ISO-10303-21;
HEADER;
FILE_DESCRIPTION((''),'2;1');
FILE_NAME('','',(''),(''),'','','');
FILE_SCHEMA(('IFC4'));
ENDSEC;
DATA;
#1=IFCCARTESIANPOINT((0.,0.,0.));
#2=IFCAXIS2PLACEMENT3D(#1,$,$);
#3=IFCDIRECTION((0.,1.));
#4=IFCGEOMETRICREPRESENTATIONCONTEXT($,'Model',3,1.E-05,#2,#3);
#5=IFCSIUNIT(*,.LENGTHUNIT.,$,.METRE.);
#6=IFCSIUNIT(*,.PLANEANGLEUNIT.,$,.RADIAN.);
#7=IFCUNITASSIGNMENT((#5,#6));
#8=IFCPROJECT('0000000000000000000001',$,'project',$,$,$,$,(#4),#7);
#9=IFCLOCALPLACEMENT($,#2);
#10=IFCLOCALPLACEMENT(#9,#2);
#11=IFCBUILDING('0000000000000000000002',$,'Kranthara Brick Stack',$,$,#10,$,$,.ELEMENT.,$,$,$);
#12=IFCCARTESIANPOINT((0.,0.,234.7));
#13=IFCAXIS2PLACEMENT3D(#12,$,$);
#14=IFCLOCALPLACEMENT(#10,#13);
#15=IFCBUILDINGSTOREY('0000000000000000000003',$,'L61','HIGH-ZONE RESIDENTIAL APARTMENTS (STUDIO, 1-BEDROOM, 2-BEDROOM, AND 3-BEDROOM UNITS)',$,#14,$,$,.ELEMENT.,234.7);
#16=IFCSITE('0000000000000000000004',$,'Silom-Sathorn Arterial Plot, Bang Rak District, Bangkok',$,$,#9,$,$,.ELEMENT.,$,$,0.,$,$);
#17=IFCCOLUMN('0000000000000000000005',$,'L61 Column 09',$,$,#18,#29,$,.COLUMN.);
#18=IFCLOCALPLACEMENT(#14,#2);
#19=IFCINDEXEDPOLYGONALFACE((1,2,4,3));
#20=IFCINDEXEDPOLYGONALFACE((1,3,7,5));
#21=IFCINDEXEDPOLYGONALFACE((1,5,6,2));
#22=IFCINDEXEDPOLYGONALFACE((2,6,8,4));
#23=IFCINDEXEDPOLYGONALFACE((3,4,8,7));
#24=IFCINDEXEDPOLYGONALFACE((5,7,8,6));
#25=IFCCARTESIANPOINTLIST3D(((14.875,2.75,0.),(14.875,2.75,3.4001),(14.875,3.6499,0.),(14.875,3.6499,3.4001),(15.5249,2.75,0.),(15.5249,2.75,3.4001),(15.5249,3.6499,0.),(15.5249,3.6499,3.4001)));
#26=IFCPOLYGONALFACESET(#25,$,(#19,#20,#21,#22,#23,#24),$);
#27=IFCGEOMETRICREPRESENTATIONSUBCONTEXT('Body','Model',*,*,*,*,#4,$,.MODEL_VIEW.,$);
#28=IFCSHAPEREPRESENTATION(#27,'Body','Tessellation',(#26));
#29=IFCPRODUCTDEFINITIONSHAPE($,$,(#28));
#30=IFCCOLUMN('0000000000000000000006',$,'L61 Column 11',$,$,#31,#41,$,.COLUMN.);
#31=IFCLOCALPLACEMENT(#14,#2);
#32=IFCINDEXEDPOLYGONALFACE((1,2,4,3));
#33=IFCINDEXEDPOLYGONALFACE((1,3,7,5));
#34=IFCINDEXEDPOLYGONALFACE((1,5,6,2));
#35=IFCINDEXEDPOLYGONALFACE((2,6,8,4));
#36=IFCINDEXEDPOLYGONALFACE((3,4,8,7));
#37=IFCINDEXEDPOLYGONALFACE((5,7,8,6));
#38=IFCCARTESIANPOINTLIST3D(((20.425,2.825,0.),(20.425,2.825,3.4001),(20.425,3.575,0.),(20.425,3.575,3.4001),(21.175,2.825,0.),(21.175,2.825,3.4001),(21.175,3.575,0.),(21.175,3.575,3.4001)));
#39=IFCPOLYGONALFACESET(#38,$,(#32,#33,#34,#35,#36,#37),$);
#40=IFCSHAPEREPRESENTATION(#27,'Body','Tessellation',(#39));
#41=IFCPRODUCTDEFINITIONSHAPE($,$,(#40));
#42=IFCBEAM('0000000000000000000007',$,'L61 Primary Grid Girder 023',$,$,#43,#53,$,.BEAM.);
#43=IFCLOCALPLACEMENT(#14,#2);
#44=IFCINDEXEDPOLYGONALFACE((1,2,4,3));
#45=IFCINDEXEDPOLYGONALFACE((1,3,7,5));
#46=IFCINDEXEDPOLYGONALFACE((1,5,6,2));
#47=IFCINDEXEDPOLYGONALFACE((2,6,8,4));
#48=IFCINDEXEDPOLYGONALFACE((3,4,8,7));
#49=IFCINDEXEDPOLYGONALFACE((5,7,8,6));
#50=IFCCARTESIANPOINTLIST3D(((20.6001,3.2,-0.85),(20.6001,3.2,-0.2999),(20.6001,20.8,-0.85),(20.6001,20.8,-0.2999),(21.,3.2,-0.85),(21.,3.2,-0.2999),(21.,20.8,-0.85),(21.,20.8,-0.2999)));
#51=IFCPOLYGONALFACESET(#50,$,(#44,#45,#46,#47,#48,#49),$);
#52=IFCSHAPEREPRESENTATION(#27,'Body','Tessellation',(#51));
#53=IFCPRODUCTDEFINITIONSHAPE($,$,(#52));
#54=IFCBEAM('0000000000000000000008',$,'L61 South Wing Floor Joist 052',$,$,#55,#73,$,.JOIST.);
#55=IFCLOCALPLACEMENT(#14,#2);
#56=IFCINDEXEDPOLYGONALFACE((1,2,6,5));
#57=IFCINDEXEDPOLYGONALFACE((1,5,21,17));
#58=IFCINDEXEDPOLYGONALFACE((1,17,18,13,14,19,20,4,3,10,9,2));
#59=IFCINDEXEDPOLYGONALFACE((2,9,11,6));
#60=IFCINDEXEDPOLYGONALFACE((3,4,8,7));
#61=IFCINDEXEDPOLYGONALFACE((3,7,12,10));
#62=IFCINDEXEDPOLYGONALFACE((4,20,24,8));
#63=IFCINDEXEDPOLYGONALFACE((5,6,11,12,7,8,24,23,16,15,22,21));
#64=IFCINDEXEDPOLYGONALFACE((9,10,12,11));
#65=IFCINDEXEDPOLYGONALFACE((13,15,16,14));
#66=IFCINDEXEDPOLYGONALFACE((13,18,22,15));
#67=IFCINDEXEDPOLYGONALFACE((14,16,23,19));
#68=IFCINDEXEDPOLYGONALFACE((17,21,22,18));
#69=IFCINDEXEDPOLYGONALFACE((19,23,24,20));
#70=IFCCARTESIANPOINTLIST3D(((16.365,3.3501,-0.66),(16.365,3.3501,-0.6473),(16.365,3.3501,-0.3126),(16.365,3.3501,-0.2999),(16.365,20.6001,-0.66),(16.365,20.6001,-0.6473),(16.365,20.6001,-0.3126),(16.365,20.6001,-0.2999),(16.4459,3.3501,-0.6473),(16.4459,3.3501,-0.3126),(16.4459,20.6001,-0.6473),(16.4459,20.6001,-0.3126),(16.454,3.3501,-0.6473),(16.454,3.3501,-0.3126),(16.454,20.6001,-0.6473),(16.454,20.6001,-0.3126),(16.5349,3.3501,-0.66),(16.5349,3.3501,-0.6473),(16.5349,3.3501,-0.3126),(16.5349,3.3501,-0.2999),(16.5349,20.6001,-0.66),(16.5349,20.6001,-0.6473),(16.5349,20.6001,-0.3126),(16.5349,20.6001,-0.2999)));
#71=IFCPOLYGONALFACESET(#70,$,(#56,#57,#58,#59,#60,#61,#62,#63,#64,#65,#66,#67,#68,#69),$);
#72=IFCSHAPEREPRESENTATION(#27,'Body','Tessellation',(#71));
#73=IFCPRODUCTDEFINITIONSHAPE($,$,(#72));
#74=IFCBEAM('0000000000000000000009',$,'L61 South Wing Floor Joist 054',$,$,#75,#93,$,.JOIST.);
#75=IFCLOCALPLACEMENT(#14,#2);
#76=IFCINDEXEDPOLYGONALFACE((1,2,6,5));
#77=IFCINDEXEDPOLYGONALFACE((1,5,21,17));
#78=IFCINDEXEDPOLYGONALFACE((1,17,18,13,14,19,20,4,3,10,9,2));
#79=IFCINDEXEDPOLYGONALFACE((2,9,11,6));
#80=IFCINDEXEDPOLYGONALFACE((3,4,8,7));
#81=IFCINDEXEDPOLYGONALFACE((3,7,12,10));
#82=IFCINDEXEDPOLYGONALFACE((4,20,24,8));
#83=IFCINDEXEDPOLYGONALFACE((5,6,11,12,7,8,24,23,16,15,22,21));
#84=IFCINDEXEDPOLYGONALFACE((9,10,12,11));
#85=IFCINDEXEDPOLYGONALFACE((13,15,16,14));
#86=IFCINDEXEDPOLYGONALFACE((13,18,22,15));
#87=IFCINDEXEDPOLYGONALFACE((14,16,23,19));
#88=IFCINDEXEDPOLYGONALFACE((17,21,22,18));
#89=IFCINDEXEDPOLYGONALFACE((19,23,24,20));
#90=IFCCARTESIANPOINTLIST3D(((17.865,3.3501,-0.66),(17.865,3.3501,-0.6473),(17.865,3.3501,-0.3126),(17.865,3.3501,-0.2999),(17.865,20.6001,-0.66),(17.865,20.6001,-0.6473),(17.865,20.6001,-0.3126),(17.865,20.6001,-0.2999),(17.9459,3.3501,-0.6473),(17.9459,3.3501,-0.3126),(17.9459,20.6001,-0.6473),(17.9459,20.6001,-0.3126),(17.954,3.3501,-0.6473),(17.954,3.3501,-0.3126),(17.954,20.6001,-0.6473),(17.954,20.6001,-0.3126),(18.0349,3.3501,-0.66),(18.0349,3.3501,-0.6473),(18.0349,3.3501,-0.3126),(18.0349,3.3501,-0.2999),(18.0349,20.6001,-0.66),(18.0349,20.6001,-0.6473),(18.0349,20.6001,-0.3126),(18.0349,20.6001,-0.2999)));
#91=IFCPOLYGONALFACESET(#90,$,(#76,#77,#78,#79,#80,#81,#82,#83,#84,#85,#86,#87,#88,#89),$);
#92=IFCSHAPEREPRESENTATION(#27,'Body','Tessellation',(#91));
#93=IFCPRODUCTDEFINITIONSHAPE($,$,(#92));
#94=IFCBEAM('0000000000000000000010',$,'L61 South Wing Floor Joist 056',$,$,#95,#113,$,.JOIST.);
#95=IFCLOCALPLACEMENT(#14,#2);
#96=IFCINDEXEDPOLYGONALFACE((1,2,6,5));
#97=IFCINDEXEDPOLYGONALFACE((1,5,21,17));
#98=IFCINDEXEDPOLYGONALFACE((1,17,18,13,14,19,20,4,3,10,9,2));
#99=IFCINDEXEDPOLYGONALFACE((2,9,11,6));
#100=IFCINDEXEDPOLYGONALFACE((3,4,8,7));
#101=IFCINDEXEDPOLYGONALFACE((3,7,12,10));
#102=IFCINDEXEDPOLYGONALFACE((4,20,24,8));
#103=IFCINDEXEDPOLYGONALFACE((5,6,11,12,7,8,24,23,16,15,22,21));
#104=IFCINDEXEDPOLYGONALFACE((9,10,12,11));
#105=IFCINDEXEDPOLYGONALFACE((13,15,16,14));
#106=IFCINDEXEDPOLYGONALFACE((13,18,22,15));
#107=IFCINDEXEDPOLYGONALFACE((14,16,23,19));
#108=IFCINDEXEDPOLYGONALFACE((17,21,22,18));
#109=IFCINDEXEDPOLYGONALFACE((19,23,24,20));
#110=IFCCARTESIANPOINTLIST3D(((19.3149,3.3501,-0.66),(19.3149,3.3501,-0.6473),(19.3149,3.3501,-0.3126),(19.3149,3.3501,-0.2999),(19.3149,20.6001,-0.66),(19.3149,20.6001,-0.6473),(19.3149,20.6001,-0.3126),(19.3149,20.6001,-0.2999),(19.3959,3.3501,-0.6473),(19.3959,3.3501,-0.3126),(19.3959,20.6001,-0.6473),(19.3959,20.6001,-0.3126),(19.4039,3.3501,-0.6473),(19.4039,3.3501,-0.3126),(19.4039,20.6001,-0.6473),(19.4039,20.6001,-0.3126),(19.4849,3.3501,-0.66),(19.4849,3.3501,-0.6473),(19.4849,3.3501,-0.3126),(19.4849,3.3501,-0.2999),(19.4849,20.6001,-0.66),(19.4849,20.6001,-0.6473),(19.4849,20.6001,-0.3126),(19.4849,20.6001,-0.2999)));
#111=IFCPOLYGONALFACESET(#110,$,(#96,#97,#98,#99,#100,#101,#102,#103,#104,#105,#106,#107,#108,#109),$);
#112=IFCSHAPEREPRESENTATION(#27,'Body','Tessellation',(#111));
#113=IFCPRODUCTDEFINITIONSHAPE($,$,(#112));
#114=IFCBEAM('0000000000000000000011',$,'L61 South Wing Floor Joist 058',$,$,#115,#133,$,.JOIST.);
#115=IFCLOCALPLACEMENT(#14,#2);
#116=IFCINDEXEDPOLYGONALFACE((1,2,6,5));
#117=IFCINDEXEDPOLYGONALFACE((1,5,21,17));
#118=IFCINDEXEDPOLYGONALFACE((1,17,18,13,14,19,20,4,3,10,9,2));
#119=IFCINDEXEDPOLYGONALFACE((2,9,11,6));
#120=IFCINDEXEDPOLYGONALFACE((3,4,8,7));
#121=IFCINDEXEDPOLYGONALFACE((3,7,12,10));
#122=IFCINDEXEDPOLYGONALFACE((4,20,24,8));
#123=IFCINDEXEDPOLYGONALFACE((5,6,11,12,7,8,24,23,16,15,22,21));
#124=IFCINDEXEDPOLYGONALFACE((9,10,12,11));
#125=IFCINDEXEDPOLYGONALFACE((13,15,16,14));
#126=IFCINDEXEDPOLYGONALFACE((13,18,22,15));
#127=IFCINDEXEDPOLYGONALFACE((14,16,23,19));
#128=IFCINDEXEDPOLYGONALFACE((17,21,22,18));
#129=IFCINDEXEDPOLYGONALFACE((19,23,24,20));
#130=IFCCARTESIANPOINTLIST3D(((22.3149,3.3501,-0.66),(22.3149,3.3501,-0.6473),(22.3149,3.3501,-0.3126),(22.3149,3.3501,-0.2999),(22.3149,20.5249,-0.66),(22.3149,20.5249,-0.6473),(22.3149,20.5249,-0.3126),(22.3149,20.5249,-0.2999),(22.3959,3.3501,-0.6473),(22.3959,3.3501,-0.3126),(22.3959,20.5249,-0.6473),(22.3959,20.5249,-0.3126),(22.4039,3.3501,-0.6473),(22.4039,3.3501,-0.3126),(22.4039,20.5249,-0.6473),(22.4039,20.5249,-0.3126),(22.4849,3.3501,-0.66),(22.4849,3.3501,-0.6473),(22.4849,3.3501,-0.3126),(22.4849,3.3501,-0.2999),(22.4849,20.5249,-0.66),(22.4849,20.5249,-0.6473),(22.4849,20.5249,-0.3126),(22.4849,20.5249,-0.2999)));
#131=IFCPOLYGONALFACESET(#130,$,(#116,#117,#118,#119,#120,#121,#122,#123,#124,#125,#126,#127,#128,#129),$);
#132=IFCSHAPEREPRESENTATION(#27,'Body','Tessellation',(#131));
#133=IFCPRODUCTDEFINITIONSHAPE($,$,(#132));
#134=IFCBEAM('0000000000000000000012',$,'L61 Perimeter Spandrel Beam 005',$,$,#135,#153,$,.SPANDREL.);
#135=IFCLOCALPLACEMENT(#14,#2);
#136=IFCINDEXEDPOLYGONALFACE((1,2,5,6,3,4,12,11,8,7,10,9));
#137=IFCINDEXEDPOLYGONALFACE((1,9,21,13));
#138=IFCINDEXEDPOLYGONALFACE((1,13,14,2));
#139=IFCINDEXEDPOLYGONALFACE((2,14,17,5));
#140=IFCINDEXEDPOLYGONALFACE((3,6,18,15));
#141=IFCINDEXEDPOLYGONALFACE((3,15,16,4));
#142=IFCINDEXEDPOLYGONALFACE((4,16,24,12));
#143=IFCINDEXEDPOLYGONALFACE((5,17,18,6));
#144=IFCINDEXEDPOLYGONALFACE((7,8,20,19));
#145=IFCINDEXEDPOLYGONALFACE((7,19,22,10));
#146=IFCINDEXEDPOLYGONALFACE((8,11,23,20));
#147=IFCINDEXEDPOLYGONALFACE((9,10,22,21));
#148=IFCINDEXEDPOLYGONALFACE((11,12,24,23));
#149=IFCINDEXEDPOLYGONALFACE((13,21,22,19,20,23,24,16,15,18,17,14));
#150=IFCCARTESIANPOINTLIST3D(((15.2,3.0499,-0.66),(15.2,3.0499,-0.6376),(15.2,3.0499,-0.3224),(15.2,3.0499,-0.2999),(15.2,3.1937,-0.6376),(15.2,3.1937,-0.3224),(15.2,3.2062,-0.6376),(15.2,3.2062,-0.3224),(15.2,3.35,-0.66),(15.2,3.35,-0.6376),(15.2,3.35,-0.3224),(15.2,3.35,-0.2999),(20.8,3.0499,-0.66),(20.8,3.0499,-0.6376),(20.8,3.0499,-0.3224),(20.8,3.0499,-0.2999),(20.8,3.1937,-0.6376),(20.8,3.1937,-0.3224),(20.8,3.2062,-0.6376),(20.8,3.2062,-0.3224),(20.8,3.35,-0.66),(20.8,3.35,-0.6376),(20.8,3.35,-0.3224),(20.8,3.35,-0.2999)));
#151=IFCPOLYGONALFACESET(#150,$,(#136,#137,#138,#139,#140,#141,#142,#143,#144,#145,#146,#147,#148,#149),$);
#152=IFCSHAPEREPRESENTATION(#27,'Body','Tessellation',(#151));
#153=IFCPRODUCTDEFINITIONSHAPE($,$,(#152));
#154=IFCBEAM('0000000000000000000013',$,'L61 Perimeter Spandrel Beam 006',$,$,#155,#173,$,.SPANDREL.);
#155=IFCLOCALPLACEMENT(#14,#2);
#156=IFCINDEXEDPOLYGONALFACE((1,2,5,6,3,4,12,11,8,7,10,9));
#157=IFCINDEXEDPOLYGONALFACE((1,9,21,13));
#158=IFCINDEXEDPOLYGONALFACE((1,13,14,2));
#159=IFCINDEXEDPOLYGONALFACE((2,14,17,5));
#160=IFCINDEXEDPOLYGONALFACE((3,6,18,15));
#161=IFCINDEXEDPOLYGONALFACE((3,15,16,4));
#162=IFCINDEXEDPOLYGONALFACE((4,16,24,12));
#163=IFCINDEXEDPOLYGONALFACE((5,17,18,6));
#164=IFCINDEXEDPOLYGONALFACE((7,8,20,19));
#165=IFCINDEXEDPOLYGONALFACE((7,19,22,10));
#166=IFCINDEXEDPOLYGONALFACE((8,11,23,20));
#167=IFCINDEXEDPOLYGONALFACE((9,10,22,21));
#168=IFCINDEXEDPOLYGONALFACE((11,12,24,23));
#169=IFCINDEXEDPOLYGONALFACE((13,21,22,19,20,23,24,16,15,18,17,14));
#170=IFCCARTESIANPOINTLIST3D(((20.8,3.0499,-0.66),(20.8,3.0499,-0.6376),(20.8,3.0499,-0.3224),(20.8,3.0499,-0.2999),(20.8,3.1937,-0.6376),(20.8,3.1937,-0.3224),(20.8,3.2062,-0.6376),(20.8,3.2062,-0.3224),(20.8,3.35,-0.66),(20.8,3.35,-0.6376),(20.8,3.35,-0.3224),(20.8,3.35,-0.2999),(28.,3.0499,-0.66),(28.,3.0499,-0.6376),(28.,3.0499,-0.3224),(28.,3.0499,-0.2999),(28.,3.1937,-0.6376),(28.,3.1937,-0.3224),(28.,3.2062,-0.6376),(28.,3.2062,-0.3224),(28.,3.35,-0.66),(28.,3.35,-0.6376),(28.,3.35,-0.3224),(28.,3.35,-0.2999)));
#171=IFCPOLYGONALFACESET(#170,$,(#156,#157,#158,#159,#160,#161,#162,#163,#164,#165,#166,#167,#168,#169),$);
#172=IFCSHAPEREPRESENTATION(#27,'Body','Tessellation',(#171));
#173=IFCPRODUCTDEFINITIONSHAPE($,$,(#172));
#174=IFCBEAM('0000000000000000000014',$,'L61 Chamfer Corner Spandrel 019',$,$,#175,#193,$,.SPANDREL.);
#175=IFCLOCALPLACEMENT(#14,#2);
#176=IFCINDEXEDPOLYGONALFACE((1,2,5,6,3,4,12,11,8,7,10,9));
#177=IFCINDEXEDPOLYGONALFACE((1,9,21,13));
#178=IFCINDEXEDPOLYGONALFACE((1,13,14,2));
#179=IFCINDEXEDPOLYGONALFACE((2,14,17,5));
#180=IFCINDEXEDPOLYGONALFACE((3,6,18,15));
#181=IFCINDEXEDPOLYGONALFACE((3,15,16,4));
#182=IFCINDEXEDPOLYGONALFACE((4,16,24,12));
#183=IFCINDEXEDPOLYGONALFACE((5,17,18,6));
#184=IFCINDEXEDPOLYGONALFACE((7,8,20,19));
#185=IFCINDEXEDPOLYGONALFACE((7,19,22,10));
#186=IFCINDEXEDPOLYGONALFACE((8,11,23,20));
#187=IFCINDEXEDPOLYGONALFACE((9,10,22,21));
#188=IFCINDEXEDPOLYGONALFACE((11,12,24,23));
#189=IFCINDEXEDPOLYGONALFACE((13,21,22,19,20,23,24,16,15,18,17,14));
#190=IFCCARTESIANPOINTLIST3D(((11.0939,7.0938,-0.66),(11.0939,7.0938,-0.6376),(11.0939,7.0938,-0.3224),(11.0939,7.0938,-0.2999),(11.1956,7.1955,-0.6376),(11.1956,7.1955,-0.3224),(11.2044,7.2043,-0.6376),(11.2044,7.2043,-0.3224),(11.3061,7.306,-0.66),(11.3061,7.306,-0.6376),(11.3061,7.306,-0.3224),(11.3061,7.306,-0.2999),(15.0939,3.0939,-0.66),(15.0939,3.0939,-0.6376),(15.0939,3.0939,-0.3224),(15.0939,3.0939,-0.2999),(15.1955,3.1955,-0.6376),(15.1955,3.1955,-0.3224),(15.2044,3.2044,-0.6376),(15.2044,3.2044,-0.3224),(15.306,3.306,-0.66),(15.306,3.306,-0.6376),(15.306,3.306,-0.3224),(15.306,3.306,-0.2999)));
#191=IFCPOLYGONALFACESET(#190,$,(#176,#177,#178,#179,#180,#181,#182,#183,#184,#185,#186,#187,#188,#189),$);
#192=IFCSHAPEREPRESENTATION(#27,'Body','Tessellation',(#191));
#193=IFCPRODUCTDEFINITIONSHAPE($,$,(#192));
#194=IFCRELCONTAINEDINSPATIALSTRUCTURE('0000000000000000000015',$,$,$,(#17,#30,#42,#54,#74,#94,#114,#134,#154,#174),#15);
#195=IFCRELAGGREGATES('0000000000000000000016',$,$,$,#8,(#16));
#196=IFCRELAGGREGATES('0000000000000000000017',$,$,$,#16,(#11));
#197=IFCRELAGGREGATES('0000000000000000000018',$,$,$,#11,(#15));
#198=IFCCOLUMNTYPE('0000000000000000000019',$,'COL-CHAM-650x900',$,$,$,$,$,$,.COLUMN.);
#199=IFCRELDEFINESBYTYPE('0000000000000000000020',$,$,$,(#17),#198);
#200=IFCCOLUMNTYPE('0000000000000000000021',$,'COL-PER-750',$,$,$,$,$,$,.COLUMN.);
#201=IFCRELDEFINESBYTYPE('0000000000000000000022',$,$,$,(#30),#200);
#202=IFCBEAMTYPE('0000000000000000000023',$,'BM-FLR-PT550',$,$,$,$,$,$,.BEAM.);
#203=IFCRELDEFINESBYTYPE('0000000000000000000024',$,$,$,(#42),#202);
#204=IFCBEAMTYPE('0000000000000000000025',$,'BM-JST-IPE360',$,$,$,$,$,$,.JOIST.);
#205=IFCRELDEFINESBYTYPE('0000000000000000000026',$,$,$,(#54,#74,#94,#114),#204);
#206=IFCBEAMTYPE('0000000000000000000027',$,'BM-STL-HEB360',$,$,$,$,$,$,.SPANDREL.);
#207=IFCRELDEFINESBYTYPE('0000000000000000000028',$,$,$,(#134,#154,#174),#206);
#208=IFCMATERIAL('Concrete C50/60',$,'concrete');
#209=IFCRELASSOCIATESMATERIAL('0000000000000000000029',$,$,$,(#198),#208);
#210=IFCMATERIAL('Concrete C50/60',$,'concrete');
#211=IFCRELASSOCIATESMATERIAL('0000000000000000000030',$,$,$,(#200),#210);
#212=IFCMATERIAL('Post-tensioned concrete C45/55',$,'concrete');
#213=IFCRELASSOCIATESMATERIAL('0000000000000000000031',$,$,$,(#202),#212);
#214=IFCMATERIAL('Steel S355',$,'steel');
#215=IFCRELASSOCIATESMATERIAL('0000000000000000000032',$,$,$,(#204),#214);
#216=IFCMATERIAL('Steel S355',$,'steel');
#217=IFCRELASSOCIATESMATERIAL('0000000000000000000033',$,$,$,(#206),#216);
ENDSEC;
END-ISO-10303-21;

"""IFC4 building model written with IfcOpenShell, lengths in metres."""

from ifc_helpers import new_model, si_unit, direction, frame, origin, origin_2d, place, context, subcontext, project, spatial, rectangle, i_section, extrude, material, material_profile, profile_set, type_object, element, save


model = new_model("IFC4")

# Units and contexts
model_context = context("Model", 3, precision=1e-05, world=origin(), true_north=direction((0.0, 1.0)))
body_context = subcontext(model_context, "Body", "Model", "MODEL_VIEW")
ifc_project = project(units=[si_unit("LENGTHUNIT", "METRE"), si_unit("PLANEANGLEUNIT", "RADIAN")], contexts=[model_context])

# Site, building, storey
site_placement = place(None, origin())
site = spatial("IfcSite", under=ifc_project, at=site_placement, Name="Silom-Sathorn Arterial Plot, Bang Rak District, Bangkok", CompositionType="ELEMENT", RefElevation=0.0)
building_placement = place(site_placement, origin())
building = spatial("IfcBuilding", under=site, at=building_placement, Name="Kranthara Brick Stack", CompositionType="ELEMENT")
storey_placement = place(building_placement, frame((0.0, 0.0, 234.7)))
storey = spatial("IfcBuildingStorey", under=building, at=storey_placement, Name="L61", Description="HIGH-ZONE RESIDENTIAL APARTMENTS (STUDIO, 1-BEDROOM, 2-BEDROOM, AND 3-BEDROOM UNITS)", CompositionType="ELEMENT", Elevation=234.7)

# Columns
ifc_material_1 = material(Name="Concrete C50/60", Category="concrete")
ifc_material_profile_1 = material_profile(ifc_material_1, rectangle(XDim=0.6499, YDim=0.8999, at=origin_2d()), Name="RC 650x900")
ifc_profile_set_1 = profile_set([ifc_material_profile_1], Name="Concrete C50/60")
column_type_1 = type_object("IfcColumnType", Name="COL-CHAM-650x900", PredefinedType="COLUMN", material=ifc_profile_set_1)
column_1_placement = place(storey_placement, frame((15.2, 3.2, 0.0), z_axis=(0.0, 0.0, 1.0), x_axis=(1.0, 0.0, 0.0)))
element("IfcColumn", 1, at=column_1_placement, inside=storey, type_object=column_type_1, Name="L61 Column 09", PredefinedType="COLUMN", context=body_context, shape_type="SweptSolid", body=[
    extrude(rectangle(XDim=0.6499, YDim=0.8999, at=origin_2d()), origin(), (0.0, 0.0, 1.0), 3.4001),
])
ifc_material_2 = material(Name="Concrete C50/60", Category="concrete")
ifc_material_profile_2 = material_profile(ifc_material_2, rectangle(XDim=0.75, YDim=0.75, at=origin_2d()), Name="RC 750x750")
ifc_profile_set_2 = profile_set([ifc_material_profile_2], Name="Concrete C50/60")
column_type_2 = type_object("IfcColumnType", Name="COL-PER-750", PredefinedType="COLUMN", material=ifc_profile_set_2)
column_2_placement = place(storey_placement, frame((20.8, 3.2, 0.0), z_axis=(0.0, 0.0, 1.0), x_axis=(1.0, 0.0, 0.0)))
element("IfcColumn", 2, at=column_2_placement, inside=storey, type_object=column_type_2, Name="L61 Column 11", PredefinedType="COLUMN", context=body_context, shape_type="SweptSolid", body=[
    extrude(rectangle(XDim=0.75, YDim=0.75, at=origin_2d()), origin(), (0.0, 0.0, 1.0), 3.4001),
])

# Beams
ifc_material_3 = material(Name="Post-tensioned concrete C45/55", Category="concrete")
ifc_material_profile_3 = material_profile(ifc_material_3, rectangle(XDim=0.3999, YDim=0.55, at=origin_2d()), Name="PT 400x550")
ifc_profile_set_3 = profile_set([ifc_material_profile_3], Name="Post-tensioned concrete C45/55")
beam_type_1 = type_object("IfcBeamType", Name="BM-FLR-PT550", PredefinedType="BEAM", material=ifc_profile_set_3)
beam_1_placement = place(storey_placement, frame((20.8, 3.2, -0.575), z_axis=(0.0, 1.0, 0.0), x_axis=(-1.0, 0.0, 0.0)))
element("IfcBeam", 3, at=beam_1_placement, inside=storey, type_object=beam_type_1, Name="L61 Primary Grid Girder 023", PredefinedType="BEAM", context=body_context, shape_type="SweptSolid", body=[
    extrude(rectangle(XDim=0.3999, YDim=0.55, at=origin_2d()), origin(), (0.0, 0.0, 1.0), 17.6001),
])
ifc_material_4 = material(Name="Steel S355", Category="steel")
ifc_material_profile_4 = material_profile(ifc_material_4, i_section(OverallWidth=0.1699, OverallDepth=0.3601, WebThickness=0.0081, FlangeThickness=0.0127, at=origin_2d()), Name="IPE 360")
ifc_profile_set_4 = profile_set([ifc_material_profile_4], Name="Steel S355")
beam_type_2 = type_object("IfcBeamType", Name="BM-JST-IPE360", PredefinedType="JOIST", material=ifc_profile_set_4)
for number, where, z_axis, x_axis, name in (
    (4, (16.45, 3.3501, -0.48), (0.0, 1.0, 0.0), (-1.0, 0.0, 0.0), "L61 South Wing Floor Joist 052"),
    (5, (17.95, 3.3501, -0.48), (0.0, 1.0, 0.0), (-1.0, 0.0, 0.0), "L61 South Wing Floor Joist 054"),
    (6, (19.3999, 3.3501, -0.48), (0.0, 1.0, 0.0), (-1.0, 0.0, 0.0), "L61 South Wing Floor Joist 056"),
):
    element("IfcBeam", number, at=place(storey_placement, frame(where, z_axis=z_axis, x_axis=x_axis)), inside=storey, type_object=beam_type_2, Name=name, PredefinedType="JOIST", context=body_context, shape_type="SweptSolid", body=[
        extrude(i_section(OverallWidth=0.1699, OverallDepth=0.3601, WebThickness=0.0081, FlangeThickness=0.0127, at=origin_2d()), origin(), (0.0, 0.0, 1.0), 17.25),
    ])
beam_2_placement = place(storey_placement, frame((22.3999, 3.3501, -0.48), z_axis=(0.0, 1.0, 0.0), x_axis=(-1.0, 0.0, 0.0)))
element("IfcBeam", 7, at=beam_2_placement, inside=storey, type_object=beam_type_2, Name="L61 South Wing Floor Joist 058", PredefinedType="JOIST", context=body_context, shape_type="SweptSolid", body=[
    extrude(i_section(OverallWidth=0.1699, OverallDepth=0.3601, WebThickness=0.0081, FlangeThickness=0.0127, at=origin_2d()), origin(), (0.0, 0.0, 1.0), 17.1748),
])
ifc_material_5 = material(Name="Steel S355", Category="steel")
ifc_material_profile_5 = material_profile(ifc_material_5, i_section(OverallWidth=0.3, OverallDepth=0.3601, WebThickness=0.0125, FlangeThickness=0.0225, at=origin_2d()), Name="HEB 360")
ifc_profile_set_5 = profile_set([ifc_material_profile_5], Name="Steel S355")
beam_type_3 = type_object("IfcBeamType", Name="BM-STL-HEB360", PredefinedType="SPANDREL", material=ifc_profile_set_5)
beam_3_placement = place(storey_placement, frame((15.2, 3.2, -0.48), z_axis=(1.0, 0.0, 0.0), x_axis=(0.0, 1.0, 0.0)))
element("IfcBeam", 8, at=beam_3_placement, inside=storey, type_object=beam_type_3, Name="L61 Perimeter Spandrel Beam 005", PredefinedType="SPANDREL", context=body_context, shape_type="SweptSolid", body=[
    extrude(i_section(OverallWidth=0.3, OverallDepth=0.3601, WebThickness=0.0125, FlangeThickness=0.0225, at=origin_2d()), origin(), (0.0, 0.0, 1.0), 5.6001),
])
beam_4_placement = place(storey_placement, frame((20.8, 3.2, -0.48), z_axis=(1.0, 0.0, 0.0), x_axis=(0.0, 1.0, 0.0)))
element("IfcBeam", 9, at=beam_4_placement, inside=storey, type_object=beam_type_3, Name="L61 Perimeter Spandrel Beam 006", PredefinedType="SPANDREL", context=body_context, shape_type="SweptSolid", body=[
    extrude(i_section(OverallWidth=0.3, OverallDepth=0.3601, WebThickness=0.0125, FlangeThickness=0.0225, at=origin_2d()), origin(), (0.0, 0.0, 1.0), 7.2),
])
beam_5_placement = place(storey_placement, frame((15.2, 3.2, -0.48), z_axis=(-0.707107, 0.707107, 0.0), x_axis=(-0.707107, -0.707107, 0.0)))
element("IfcBeam", 10, at=beam_5_placement, inside=storey, type_object=beam_type_3, Name="L61 Chamfer Corner Spandrel 019", PredefinedType="SPANDREL", context=body_context, shape_type="SweptSolid", body=[
    extrude(i_section(OverallWidth=0.3, OverallDepth=0.3601, WebThickness=0.0125, FlangeThickness=0.0225, at=origin_2d()), origin(), (0.0, 0.0, 1.0), 5.6567),
])

save(model, "model.ifc")
